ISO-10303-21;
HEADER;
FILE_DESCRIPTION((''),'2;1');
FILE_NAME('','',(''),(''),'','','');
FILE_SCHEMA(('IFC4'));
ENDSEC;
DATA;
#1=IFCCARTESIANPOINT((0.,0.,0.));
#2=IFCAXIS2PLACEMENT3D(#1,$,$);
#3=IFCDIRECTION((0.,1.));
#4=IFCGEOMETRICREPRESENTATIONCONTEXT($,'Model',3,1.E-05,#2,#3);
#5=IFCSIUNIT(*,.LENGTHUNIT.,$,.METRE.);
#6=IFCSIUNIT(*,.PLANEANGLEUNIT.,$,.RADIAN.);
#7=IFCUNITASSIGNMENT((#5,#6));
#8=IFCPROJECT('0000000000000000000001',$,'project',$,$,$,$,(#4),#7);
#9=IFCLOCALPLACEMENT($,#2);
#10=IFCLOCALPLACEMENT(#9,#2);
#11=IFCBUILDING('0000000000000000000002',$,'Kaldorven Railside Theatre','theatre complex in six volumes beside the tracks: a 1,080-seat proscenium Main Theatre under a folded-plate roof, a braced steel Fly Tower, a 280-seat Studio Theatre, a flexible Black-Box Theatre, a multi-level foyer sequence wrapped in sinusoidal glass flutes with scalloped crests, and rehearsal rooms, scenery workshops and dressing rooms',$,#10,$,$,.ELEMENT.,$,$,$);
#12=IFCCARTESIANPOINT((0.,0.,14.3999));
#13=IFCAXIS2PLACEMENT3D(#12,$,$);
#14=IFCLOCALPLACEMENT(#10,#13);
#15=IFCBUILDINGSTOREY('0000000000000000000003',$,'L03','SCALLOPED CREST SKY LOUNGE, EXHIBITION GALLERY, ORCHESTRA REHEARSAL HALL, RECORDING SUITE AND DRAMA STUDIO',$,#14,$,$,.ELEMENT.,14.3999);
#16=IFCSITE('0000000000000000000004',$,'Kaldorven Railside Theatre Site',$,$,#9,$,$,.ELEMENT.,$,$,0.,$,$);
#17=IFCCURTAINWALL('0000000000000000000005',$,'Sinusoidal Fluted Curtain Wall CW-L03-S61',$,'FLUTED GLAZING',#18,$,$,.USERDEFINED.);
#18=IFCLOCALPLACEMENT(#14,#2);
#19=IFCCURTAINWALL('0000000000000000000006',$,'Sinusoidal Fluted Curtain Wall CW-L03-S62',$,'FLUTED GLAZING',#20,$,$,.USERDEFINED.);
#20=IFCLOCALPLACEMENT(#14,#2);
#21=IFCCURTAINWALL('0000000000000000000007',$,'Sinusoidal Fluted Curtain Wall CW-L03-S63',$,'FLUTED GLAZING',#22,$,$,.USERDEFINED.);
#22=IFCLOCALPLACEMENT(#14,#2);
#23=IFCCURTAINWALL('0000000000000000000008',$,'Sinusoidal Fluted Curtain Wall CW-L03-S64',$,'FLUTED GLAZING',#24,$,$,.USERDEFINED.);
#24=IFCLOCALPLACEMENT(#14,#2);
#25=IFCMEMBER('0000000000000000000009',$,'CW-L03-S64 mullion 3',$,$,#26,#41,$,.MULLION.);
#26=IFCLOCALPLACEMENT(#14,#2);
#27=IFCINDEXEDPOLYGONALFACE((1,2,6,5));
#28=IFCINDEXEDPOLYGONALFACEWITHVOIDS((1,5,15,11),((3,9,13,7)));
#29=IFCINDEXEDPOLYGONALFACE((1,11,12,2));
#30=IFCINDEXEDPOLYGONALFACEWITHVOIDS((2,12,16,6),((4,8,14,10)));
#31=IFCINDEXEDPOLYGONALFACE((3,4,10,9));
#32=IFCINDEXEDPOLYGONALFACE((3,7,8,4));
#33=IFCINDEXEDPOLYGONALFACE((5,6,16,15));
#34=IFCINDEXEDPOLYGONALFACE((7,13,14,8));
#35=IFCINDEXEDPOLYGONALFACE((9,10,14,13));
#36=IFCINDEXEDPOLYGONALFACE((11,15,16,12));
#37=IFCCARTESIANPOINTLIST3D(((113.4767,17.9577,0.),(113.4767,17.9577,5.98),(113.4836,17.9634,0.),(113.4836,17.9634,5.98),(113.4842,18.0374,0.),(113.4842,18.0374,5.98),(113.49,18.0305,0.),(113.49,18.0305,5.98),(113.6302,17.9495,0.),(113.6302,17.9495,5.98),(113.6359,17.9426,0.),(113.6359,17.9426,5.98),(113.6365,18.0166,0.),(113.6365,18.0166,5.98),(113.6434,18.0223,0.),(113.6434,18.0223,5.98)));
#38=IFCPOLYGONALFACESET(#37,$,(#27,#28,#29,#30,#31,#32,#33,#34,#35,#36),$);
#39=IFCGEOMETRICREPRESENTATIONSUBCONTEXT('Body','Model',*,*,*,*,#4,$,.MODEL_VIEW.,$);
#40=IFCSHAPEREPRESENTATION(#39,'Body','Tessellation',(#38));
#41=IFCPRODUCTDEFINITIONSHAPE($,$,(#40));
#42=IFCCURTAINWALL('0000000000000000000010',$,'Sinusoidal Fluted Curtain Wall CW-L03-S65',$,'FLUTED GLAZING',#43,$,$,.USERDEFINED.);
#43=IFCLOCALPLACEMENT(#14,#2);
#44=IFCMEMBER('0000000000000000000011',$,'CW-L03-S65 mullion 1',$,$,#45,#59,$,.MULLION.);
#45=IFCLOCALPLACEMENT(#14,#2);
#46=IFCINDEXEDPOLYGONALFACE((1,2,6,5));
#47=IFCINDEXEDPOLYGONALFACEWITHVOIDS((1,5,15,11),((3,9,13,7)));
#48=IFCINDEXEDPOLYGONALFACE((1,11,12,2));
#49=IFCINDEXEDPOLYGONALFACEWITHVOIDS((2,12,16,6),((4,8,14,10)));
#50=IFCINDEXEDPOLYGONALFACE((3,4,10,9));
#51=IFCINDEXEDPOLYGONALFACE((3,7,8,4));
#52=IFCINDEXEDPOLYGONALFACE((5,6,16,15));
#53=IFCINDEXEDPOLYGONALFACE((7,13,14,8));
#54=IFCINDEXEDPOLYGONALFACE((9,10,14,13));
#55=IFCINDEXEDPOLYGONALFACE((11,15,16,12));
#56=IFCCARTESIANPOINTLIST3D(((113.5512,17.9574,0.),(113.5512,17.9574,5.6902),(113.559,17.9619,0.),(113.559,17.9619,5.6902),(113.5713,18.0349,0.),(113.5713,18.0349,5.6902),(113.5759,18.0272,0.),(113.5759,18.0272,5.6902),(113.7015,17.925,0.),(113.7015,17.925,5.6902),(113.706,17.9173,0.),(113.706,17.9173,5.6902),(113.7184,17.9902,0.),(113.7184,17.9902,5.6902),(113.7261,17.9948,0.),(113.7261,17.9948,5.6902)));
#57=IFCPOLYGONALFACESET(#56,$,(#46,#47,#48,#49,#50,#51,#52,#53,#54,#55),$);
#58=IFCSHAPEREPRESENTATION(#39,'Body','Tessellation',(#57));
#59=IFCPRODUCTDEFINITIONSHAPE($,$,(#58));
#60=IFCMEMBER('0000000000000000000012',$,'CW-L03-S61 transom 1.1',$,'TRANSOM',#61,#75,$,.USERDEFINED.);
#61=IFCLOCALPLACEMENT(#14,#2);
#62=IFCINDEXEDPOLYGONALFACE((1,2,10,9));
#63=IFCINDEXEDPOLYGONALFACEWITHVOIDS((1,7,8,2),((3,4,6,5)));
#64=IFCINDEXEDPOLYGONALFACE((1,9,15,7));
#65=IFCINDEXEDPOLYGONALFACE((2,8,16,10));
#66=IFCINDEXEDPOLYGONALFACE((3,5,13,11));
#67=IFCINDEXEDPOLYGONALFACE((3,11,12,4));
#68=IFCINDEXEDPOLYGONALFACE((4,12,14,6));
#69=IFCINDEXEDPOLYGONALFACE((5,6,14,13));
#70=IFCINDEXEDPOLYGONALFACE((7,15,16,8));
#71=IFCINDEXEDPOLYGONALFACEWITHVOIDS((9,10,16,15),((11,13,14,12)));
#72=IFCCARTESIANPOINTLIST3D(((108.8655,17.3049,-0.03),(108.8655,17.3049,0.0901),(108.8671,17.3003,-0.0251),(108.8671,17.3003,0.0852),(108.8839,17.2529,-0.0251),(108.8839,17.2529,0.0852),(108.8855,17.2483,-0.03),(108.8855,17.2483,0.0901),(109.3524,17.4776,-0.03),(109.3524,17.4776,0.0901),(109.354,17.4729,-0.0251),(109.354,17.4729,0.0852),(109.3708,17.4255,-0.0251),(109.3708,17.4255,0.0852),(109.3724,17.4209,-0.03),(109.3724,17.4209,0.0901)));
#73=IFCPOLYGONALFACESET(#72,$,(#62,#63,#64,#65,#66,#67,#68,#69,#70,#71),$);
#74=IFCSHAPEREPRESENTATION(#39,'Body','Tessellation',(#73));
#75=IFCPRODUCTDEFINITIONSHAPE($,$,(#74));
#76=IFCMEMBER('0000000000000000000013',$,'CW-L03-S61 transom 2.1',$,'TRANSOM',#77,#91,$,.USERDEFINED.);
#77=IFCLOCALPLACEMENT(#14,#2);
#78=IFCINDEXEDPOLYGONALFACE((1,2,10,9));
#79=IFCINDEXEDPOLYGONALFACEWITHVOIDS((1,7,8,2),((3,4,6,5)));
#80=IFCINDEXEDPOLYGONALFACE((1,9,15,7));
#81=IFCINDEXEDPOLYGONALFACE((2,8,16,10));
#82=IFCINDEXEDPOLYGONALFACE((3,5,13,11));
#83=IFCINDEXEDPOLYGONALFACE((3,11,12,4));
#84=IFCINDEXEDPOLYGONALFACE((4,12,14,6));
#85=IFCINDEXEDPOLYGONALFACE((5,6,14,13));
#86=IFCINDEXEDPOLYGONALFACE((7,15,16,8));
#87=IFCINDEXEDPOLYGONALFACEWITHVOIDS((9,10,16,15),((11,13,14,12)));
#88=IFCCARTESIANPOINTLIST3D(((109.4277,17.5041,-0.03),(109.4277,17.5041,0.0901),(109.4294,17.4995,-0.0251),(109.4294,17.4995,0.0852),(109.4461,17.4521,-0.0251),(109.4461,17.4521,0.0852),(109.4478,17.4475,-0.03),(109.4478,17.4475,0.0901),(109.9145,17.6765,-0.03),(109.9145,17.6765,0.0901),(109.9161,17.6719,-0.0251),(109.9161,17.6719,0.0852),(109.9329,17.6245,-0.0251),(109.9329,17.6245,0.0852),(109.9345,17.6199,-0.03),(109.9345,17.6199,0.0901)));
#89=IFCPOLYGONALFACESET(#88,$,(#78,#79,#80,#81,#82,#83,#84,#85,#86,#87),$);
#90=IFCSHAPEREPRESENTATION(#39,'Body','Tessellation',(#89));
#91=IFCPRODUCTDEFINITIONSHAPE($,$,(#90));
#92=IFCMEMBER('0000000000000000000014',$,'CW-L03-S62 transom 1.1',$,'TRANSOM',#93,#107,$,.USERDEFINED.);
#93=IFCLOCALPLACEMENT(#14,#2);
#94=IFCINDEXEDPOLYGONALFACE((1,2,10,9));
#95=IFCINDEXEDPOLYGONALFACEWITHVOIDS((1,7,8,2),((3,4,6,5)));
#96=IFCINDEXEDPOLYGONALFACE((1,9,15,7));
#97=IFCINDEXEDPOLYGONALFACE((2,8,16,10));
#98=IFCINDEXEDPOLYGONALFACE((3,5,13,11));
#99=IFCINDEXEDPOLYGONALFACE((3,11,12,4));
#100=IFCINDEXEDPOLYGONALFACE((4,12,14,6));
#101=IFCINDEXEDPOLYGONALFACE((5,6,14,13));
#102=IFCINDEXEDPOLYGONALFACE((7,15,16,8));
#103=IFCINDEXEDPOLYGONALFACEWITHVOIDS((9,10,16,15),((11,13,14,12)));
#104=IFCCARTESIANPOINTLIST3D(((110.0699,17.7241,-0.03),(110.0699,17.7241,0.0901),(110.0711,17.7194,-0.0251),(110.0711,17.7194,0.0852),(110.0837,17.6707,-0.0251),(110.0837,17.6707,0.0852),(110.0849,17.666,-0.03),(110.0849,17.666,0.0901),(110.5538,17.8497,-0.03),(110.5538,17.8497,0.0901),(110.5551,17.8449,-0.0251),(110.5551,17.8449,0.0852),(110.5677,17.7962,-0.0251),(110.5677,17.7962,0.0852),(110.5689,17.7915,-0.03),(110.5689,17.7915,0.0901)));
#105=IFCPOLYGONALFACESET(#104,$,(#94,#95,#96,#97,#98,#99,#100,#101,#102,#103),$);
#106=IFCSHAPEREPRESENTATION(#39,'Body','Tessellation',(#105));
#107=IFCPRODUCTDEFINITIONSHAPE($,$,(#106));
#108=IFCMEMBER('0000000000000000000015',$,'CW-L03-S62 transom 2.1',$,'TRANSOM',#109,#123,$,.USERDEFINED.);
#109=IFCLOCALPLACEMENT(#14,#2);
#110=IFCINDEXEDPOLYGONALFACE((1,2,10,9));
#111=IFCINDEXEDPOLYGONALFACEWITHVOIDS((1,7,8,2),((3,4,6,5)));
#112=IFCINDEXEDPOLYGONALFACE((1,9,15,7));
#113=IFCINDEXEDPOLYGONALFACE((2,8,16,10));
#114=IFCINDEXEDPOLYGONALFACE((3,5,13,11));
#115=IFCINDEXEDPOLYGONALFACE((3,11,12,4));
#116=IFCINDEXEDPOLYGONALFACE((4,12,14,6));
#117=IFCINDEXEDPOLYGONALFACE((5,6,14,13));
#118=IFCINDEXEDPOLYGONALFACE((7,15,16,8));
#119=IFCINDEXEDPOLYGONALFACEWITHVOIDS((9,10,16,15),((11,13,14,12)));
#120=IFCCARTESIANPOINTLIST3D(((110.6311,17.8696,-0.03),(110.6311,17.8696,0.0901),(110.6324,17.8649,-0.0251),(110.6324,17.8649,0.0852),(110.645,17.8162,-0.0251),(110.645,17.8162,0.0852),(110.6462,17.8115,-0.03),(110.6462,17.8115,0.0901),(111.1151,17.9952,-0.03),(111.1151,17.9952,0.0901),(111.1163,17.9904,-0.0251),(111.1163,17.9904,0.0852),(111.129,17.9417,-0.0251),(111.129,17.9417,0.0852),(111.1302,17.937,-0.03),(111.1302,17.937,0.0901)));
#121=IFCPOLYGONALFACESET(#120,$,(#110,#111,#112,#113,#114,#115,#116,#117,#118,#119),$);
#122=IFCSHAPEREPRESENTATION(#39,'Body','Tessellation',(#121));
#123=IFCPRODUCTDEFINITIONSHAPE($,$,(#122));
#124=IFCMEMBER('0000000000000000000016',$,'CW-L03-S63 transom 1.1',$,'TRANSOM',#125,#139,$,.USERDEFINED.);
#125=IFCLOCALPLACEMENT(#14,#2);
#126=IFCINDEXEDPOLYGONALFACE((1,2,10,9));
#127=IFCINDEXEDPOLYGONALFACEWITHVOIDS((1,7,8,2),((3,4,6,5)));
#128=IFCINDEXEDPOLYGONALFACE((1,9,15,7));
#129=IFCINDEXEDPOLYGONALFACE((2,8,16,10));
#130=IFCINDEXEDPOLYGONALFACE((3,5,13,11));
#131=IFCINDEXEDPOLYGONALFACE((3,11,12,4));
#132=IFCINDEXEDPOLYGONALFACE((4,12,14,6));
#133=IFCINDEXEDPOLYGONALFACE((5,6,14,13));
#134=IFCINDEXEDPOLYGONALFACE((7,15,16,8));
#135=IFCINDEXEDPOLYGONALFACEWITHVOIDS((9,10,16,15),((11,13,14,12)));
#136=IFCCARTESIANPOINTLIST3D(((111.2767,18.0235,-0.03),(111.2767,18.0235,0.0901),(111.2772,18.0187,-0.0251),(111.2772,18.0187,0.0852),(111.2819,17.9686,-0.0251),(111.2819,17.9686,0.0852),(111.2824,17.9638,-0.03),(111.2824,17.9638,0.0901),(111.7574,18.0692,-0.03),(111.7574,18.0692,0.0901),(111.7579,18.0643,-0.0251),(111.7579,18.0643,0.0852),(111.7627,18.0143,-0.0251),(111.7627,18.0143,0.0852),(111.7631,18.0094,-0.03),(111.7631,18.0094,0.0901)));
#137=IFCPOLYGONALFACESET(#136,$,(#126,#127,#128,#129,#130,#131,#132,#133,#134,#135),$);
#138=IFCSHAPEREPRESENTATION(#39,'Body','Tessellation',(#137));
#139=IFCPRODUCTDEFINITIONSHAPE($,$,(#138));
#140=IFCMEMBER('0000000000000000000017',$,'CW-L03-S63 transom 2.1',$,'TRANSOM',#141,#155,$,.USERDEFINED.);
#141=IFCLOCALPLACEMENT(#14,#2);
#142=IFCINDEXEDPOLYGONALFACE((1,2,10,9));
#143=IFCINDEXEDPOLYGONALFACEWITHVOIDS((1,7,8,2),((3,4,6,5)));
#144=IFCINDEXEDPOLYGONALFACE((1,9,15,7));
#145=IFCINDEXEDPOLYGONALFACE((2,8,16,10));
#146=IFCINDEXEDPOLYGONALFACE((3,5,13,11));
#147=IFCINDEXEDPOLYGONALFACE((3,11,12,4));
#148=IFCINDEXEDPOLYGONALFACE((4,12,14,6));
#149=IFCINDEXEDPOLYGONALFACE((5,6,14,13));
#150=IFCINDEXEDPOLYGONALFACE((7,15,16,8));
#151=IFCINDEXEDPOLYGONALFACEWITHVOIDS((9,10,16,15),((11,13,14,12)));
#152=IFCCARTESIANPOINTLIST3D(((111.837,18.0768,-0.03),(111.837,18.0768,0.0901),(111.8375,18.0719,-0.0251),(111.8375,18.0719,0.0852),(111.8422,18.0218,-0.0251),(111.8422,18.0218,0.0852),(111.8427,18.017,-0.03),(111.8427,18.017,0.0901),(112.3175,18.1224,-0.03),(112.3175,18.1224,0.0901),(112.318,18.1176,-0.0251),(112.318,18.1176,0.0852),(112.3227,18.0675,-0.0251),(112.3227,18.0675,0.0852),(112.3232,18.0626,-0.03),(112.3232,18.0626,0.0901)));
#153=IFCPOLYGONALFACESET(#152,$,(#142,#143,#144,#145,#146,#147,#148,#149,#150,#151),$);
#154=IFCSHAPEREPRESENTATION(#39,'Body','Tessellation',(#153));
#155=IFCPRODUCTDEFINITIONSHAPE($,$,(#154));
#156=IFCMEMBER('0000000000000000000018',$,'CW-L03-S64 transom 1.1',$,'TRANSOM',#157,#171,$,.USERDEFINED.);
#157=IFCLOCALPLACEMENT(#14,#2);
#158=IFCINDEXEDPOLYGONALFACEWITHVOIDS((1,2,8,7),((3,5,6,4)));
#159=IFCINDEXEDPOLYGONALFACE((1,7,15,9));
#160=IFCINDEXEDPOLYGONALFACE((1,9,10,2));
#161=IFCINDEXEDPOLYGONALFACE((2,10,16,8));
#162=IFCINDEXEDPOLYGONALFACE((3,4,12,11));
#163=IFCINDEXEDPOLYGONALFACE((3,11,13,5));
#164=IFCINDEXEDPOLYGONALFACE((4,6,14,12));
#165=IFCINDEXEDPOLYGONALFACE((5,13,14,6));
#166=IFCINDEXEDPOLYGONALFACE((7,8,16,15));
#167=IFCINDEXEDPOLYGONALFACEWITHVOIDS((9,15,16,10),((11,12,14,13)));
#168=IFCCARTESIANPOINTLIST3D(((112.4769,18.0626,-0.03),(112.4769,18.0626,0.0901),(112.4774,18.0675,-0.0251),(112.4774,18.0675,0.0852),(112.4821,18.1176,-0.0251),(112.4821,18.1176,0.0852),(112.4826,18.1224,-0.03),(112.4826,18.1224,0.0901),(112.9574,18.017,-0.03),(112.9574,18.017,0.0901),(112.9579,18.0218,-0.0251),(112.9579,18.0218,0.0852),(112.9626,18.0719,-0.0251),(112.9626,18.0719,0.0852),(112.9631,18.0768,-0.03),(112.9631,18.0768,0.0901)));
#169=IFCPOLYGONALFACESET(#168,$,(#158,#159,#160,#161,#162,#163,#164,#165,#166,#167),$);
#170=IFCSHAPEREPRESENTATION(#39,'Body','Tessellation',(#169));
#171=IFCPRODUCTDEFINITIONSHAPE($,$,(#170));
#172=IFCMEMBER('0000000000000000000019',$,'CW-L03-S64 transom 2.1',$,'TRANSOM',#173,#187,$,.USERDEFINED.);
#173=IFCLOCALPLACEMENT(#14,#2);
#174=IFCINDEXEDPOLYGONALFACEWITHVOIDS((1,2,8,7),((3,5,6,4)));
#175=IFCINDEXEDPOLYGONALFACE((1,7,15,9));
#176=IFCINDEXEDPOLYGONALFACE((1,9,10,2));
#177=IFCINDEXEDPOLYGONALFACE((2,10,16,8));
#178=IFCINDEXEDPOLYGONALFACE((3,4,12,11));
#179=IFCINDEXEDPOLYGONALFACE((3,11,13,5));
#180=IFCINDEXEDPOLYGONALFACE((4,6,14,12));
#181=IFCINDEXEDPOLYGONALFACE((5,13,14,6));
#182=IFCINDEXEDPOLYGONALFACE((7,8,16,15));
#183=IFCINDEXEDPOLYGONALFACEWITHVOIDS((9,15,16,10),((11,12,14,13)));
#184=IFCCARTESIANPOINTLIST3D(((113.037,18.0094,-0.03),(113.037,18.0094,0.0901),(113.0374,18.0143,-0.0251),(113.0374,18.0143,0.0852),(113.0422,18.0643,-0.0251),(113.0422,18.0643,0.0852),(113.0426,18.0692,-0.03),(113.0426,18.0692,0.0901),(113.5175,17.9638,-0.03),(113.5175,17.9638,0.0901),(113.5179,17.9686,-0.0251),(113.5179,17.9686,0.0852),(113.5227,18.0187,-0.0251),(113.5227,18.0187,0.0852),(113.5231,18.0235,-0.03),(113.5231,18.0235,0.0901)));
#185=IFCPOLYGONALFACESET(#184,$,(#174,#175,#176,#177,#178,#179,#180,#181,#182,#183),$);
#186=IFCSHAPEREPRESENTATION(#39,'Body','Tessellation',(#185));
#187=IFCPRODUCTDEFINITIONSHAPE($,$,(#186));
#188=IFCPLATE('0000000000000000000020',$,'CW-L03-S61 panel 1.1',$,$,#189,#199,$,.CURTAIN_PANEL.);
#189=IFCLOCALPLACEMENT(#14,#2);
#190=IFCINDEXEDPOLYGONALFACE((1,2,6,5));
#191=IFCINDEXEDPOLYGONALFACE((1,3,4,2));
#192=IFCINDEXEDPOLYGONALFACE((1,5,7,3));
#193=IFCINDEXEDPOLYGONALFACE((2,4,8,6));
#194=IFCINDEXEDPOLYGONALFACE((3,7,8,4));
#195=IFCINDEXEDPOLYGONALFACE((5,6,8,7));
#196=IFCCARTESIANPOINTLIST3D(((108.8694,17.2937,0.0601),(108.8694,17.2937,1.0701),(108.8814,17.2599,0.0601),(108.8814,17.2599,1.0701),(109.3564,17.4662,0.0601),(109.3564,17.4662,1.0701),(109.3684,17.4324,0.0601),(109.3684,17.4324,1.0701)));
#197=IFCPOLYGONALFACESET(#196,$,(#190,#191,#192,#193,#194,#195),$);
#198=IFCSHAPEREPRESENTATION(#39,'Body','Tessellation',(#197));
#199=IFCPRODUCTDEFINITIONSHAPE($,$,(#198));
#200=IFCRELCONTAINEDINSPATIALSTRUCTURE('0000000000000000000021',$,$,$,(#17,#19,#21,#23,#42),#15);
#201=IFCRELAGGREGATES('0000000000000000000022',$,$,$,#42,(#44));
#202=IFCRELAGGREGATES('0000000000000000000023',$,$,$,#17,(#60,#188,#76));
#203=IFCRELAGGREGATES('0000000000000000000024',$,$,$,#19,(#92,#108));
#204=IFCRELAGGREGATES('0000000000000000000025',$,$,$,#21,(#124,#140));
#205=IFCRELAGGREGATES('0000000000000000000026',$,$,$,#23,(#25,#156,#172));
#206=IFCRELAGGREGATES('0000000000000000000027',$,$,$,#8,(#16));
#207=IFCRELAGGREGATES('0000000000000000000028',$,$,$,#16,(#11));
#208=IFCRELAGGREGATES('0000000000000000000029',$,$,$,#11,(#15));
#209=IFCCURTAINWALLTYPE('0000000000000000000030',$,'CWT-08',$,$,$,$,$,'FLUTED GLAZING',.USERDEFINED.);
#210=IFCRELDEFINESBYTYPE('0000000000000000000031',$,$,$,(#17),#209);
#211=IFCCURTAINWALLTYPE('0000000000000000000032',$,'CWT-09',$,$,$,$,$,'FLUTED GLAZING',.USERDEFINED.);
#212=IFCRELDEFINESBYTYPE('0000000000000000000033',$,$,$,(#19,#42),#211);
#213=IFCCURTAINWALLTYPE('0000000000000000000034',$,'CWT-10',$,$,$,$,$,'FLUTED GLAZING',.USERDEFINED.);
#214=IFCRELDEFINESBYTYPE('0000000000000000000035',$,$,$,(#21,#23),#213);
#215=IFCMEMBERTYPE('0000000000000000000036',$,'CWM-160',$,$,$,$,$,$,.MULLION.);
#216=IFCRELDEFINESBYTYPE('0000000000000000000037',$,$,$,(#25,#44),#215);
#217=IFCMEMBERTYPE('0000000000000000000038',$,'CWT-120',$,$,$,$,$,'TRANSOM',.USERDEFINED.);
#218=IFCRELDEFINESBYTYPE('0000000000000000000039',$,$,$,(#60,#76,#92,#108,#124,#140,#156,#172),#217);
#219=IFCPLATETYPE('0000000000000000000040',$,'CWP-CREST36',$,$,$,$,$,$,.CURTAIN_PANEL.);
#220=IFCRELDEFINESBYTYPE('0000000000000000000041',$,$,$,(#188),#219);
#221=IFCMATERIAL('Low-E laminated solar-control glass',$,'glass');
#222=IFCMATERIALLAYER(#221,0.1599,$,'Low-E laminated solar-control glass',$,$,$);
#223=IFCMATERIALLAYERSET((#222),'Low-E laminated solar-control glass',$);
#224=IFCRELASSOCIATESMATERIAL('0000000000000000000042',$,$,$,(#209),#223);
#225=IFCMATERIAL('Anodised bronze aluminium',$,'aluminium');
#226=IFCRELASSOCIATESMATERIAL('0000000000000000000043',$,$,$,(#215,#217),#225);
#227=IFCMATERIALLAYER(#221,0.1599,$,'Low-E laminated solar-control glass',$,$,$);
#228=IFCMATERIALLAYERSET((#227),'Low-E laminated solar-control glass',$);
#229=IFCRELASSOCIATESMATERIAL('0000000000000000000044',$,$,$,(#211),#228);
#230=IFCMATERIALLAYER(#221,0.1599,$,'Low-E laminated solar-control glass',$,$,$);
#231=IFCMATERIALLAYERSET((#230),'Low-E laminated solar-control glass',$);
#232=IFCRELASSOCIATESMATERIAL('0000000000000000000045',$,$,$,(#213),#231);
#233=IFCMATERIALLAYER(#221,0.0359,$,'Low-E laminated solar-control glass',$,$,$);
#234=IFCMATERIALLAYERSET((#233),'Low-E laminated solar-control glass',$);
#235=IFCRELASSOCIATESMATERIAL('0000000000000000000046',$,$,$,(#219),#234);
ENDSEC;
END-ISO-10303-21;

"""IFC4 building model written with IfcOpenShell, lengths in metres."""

from ifc_helpers import new_model, si_unit, direction, frame, origin, origin_2d, place, context, subcontext, project, spatial, rectangle, hollow_rectangle, extrude, material, layer, layer_set, material_profile, profile_set, type_object, element, aggregate, save


model = new_model("IFC4")

# Units and contexts
model_context = context("Model", 3, precision=1e-05, world=origin(), true_north=direction((0.0, 1.0)))
body_context = subcontext(model_context, "Body", "Model", "MODEL_VIEW")
ifc_project = project(units=[si_unit("LENGTHUNIT", "METRE"), si_unit("PLANEANGLEUNIT", "RADIAN")], contexts=[model_context])

# Site, building, storey
site_placement = place(None, origin())
site = spatial("IfcSite", under=ifc_project, at=site_placement, Name="Kaldorven Railside Theatre Site", CompositionType="ELEMENT", RefElevation=0.0)
building_placement = place(site_placement, origin())
building = spatial("IfcBuilding", under=site, at=building_placement, Name="Kaldorven Railside Theatre", Description="theatre complex in six volumes beside the tracks: a 1,080-seat proscenium Main Theatre under a folded-plate roof, a braced steel Fly Tower, a 280-seat Studio Theatre, a flexible Black-Box Theatre, a multi-level foyer sequence wrapped in sinusoidal glass flutes with scalloped crests, and rehearsal rooms, scenery workshops and dressing rooms", CompositionType="ELEMENT")
storey_placement = place(building_placement, frame((0.0, 0.0, 14.3999)))
storey = spatial("IfcBuildingStorey", under=building, at=storey_placement, Name="L03", Description="SCALLOPED CREST SKY LOUNGE, EXHIBITION GALLERY, ORCHESTRA REHEARSAL HALL, RECORDING SUITE AND DRAMA STUDIO", CompositionType="ELEMENT", Elevation=14.3999)

# Curtain walls, member
ifc_material_1 = material(Name="Low-E laminated solar-control glass", Category="glass")
ifc_layer_1 = layer(ifc_material_1, 0.1599, Name="Low-E laminated solar-control glass")
ifc_layer_set_1 = layer_set([ifc_layer_1], Name="Low-E laminated solar-control glass")
curtain_wall_type_1 = type_object("IfcCurtainWallType", Name="CWT-08", ElementType="FLUTED GLAZING", PredefinedType="USERDEFINED", material=ifc_layer_set_1)
curtain_wall_1_placement = place(storey_placement, origin())
curtain_wall_1 = element("IfcCurtainWall", 1, at=curtain_wall_1_placement, inside=storey, type_object=curtain_wall_type_1, Name="Sinusoidal Fluted Curtain Wall CW-L03-S61", ObjectType="FLUTED GLAZING", PredefinedType="USERDEFINED")
ifc_material_2 = material(Name="Anodised bronze aluminium", Category="aluminium")
ifc_material_profile_1 = material_profile(ifc_material_2, hollow_rectangle(XDim=0.0801, YDim=0.1599, WallThickness=0.0063, at=origin_2d()), Name="RHS 160x80x6.3")
ifc_profile_set_1 = profile_set([ifc_material_profile_1], Name="Anodised bronze aluminium")
member_type_1 = type_object("IfcMemberType", Name="CWM-160", PredefinedType="MULLION", material=ifc_profile_set_1)
ifc_layer_2 = layer(ifc_material_1, 0.1599, Name="Low-E laminated solar-control glass")
ifc_layer_set_2 = layer_set([ifc_layer_2], Name="Low-E laminated solar-control glass")
curtain_wall_type_2 = type_object("IfcCurtainWallType", Name="CWT-09", ElementType="FLUTED GLAZING", PredefinedType="USERDEFINED", material=ifc_layer_set_2)
curtain_wall_2_placement = place(storey_placement, origin())
curtain_wall_2 = element("IfcCurtainWall", 2, at=curtain_wall_2_placement, inside=storey, type_object=curtain_wall_type_2, Name="Sinusoidal Fluted Curtain Wall CW-L03-S62", ObjectType="FLUTED GLAZING", PredefinedType="USERDEFINED")
ifc_layer_3 = layer(ifc_material_1, 0.1599, Name="Low-E laminated solar-control glass")
ifc_layer_set_3 = layer_set([ifc_layer_3], Name="Low-E laminated solar-control glass")
curtain_wall_type_3 = type_object("IfcCurtainWallType", Name="CWT-10", ElementType="FLUTED GLAZING", PredefinedType="USERDEFINED", material=ifc_layer_set_3)
curtain_wall_3_placement = place(storey_placement, origin())
curtain_wall_3 = element("IfcCurtainWall", 3, at=curtain_wall_3_placement, inside=storey, type_object=curtain_wall_type_3, Name="Sinusoidal Fluted Curtain Wall CW-L03-S63", ObjectType="FLUTED GLAZING", PredefinedType="USERDEFINED")
curtain_wall_4_placement = place(storey_placement, origin())
curtain_wall_4 = element("IfcCurtainWall", 4, at=curtain_wall_4_placement, inside=storey, type_object=curtain_wall_type_3, Name="Sinusoidal Fluted Curtain Wall CW-L03-S64", ObjectType="FLUTED GLAZING", PredefinedType="USERDEFINED")
member_1_placement = place(storey_placement, frame((113.5601, 17.99, 0.0), z_axis=(0.0, 0.0, 1.0), x_axis=(0.094492, 0.995526, 0.0)))
member_1 = element("IfcMember", 5, at=member_1_placement, type_object=member_type_1, Name="CW-L03-S64 mullion 3", PredefinedType="MULLION", context=body_context, shape_type="SweptSolid", body=[
    extrude(hollow_rectangle(XDim=0.0801, YDim=0.1599, WallThickness=0.0063, at=origin_2d()), origin(), (0.0, 0.0, 1.0), 5.98),
])

# Curtain wall, member
curtain_wall_5_placement = place(storey_placement, origin())
curtain_wall_5 = element("IfcCurtainWall", 6, at=curtain_wall_5_placement, inside=storey, type_object=curtain_wall_type_2, Name="Sinusoidal Fluted Curtain Wall CW-L03-S65", ObjectType="FLUTED GLAZING", PredefinedType="USERDEFINED")
member_2_placement = place(storey_placement, frame((113.6387, 17.9761, 0.0), z_axis=(0.0, 0.0, 1.0), x_axis=(0.250954, 0.967999, 0.0)))
member_2 = element("IfcMember", 7, at=member_2_placement, type_object=member_type_1, Name="CW-L03-S65 mullion 1", PredefinedType="MULLION", context=body_context, shape_type="SweptSolid", body=[
    extrude(hollow_rectangle(XDim=0.0801, YDim=0.1599, WallThickness=0.0063, at=origin_2d()), origin(), (0.0, 0.0, 1.0), 5.6902),
])
aggregate(curtain_wall_5, [member_2])

# Members
ifc_material_profile_2 = material_profile(ifc_material_2, hollow_rectangle(XDim=0.0601, YDim=0.1201, WallThickness=0.0049, at=origin_2d()), Name="RHS 120x60x5")
ifc_profile_set_2 = profile_set([ifc_material_profile_2], Name="Anodised bronze aluminium")
member_type_2 = type_object("IfcMemberType", Name="CWT-120", ElementType="TRANSOM", PredefinedType="USERDEFINED", material=ifc_profile_set_2)
member_3_placement = place(storey_placement, frame((108.8755, 17.2766, 0.03), z_axis=(0.942509, 0.33418, 0.0), x_axis=(-0.33418, 0.942509, 0.0)))
member_3 = element("IfcMember", 8, at=member_3_placement, type_object=member_type_2, Name="CW-L03-S61 transom 1.1", ObjectType="TRANSOM", PredefinedType="USERDEFINED", context=body_context, shape_type="SweptSolid", body=[
    extrude(hollow_rectangle(XDim=0.0601, YDim=0.1201, WallThickness=0.0049, at=origin_2d()), origin(), (0.0, 0.0, 1.0), 0.5166),
])
member_4_placement = place(storey_placement, frame((109.4377, 17.4758, 0.03), z_axis=(0.942658, 0.33376, 0.0), x_axis=(-0.33376, 0.942658, 0.0)))
member_4 = element("IfcMember", 9, at=member_4_placement, type_object=member_type_2, Name="CW-L03-S61 transom 2.1", ObjectType="TRANSOM", PredefinedType="USERDEFINED", context=body_context, shape_type="SweptSolid", body=[
    extrude(hollow_rectangle(XDim=0.0601, YDim=0.1201, WallThickness=0.0049, at=origin_2d()), origin(), (0.0, 0.0, 1.0), 0.5164),
])
member_5_placement = place(storey_placement, frame((110.0774, 17.6951, 0.03), z_axis=(0.967979, 0.25103, 0.0), x_axis=(-0.25103, 0.967979, 0.0)))
member_5 = element("IfcMember", 10, at=member_5_placement, type_object=member_type_2, Name="CW-L03-S62 transom 1.1", ObjectType="TRANSOM", PredefinedType="USERDEFINED", context=body_context, shape_type="SweptSolid", body=[
    extrude(hollow_rectangle(XDim=0.0601, YDim=0.1201, WallThickness=0.0049, at=origin_2d()), origin(), (0.0, 0.0, 1.0), 0.5),
])
member_6_placement = place(storey_placement, frame((110.6387, 17.8406, 0.03), z_axis=(0.967979, 0.25103, 0.0), x_axis=(-0.25103, 0.967979, 0.0)))
member_6 = element("IfcMember", 11, at=member_6_placement, type_object=member_type_2, Name="CW-L03-S62 transom 2.1", ObjectType="TRANSOM", PredefinedType="USERDEFINED", context=body_context, shape_type="SweptSolid", body=[
    extrude(hollow_rectangle(XDim=0.0601, YDim=0.1201, WallThickness=0.0049, at=origin_2d()), origin(), (0.0, 0.0, 1.0), 0.5),
])
member_7_placement = place(storey_placement, frame((111.2795, 17.9937, 0.03), z_axis=(0.99552, 0.094547, 0.0), x_axis=(-0.094547, 0.99552, 0.0)))
member_7 = element("IfcMember", 12, at=member_7_placement, type_object=member_type_2, Name="CW-L03-S63 transom 1.1", ObjectType="TRANSOM", PredefinedType="USERDEFINED", context=body_context, shape_type="SweptSolid", body=[
    extrude(hollow_rectangle(XDim=0.0601, YDim=0.1201, WallThickness=0.0049, at=origin_2d()), origin(), (0.0, 0.0, 1.0), 0.4829),
])
member_8_placement = place(storey_placement, frame((111.8398, 18.0469, 0.03), z_axis=(0.995516, 0.094594, 0.0), x_axis=(-0.094594, 0.995516, 0.0)))
member_8 = element("IfcMember", 13, at=member_8_placement, type_object=member_type_2, Name="CW-L03-S63 transom 2.1", ObjectType="TRANSOM", PredefinedType="USERDEFINED", context=body_context, shape_type="SweptSolid", body=[
    extrude(hollow_rectangle(XDim=0.0601, YDim=0.1201, WallThickness=0.0049, at=origin_2d()), origin(), (0.0, 0.0, 1.0), 0.4827),
])
member_9_placement = place(storey_placement, frame((112.4797, 18.0925, 0.03), z_axis=(0.995516, -0.094594, 0.0), x_axis=(0.094594, 0.995516, 0.0)))
member_9 = element("IfcMember", 14, at=member_9_placement, type_object=member_type_2, Name="CW-L03-S64 transom 1.1", ObjectType="TRANSOM", PredefinedType="USERDEFINED", context=body_context, shape_type="SweptSolid", body=[
    extrude(hollow_rectangle(XDim=0.0601, YDim=0.1201, WallThickness=0.0049, at=origin_2d()), origin(), (0.0, 0.0, 1.0), 0.4827),
])
member_10_placement = place(storey_placement, frame((113.0398, 18.0393, 0.03), z_axis=(0.995516, -0.094594, 0.0), x_axis=(0.094594, 0.995516, 0.0)))
member_10 = element("IfcMember", 15, at=member_10_placement, type_object=member_type_2, Name="CW-L03-S64 transom 2.1", ObjectType="TRANSOM", PredefinedType="USERDEFINED", context=body_context, shape_type="SweptSolid", body=[
    extrude(hollow_rectangle(XDim=0.0601, YDim=0.1201, WallThickness=0.0049, at=origin_2d()), origin(), (0.0, 0.0, 1.0), 0.4827),
])

# Plate
ifc_layer_4 = layer(ifc_material_1, 0.0359, Name="Low-E laminated solar-control glass")
ifc_layer_set_4 = layer_set([ifc_layer_4], Name="Low-E laminated solar-control glass")
plate_type = type_object("IfcPlateType", Name="CWP-CREST36", PredefinedType="CURTAIN_PANEL", material=ifc_layer_set_4)
plate_1_placement = place(storey_placement, frame((109.1189, 17.363, 0.0601), z_axis=(0.0, 0.0, 1.0), x_axis=(0.942627, 0.333847, 0.0)))
plate_1 = element("IfcPlate", 16, at=plate_1_placement, type_object=plate_type, Name="CW-L03-S61 panel 1.1", PredefinedType="CURTAIN_PANEL", context=body_context, shape_type="SweptSolid", body=[
    extrude(rectangle(XDim=0.5166, YDim=0.0359, at=origin_2d()), origin(), (0.0, 0.0, 1.0), 1.01),
])
aggregate(curtain_wall_1, [member_3, plate_1, member_4])
aggregate(curtain_wall_2, [member_5, member_6])
aggregate(curtain_wall_3, [member_7, member_8])
aggregate(curtain_wall_4, [member_1, member_9, member_10])

save(model, "model.ifc")
